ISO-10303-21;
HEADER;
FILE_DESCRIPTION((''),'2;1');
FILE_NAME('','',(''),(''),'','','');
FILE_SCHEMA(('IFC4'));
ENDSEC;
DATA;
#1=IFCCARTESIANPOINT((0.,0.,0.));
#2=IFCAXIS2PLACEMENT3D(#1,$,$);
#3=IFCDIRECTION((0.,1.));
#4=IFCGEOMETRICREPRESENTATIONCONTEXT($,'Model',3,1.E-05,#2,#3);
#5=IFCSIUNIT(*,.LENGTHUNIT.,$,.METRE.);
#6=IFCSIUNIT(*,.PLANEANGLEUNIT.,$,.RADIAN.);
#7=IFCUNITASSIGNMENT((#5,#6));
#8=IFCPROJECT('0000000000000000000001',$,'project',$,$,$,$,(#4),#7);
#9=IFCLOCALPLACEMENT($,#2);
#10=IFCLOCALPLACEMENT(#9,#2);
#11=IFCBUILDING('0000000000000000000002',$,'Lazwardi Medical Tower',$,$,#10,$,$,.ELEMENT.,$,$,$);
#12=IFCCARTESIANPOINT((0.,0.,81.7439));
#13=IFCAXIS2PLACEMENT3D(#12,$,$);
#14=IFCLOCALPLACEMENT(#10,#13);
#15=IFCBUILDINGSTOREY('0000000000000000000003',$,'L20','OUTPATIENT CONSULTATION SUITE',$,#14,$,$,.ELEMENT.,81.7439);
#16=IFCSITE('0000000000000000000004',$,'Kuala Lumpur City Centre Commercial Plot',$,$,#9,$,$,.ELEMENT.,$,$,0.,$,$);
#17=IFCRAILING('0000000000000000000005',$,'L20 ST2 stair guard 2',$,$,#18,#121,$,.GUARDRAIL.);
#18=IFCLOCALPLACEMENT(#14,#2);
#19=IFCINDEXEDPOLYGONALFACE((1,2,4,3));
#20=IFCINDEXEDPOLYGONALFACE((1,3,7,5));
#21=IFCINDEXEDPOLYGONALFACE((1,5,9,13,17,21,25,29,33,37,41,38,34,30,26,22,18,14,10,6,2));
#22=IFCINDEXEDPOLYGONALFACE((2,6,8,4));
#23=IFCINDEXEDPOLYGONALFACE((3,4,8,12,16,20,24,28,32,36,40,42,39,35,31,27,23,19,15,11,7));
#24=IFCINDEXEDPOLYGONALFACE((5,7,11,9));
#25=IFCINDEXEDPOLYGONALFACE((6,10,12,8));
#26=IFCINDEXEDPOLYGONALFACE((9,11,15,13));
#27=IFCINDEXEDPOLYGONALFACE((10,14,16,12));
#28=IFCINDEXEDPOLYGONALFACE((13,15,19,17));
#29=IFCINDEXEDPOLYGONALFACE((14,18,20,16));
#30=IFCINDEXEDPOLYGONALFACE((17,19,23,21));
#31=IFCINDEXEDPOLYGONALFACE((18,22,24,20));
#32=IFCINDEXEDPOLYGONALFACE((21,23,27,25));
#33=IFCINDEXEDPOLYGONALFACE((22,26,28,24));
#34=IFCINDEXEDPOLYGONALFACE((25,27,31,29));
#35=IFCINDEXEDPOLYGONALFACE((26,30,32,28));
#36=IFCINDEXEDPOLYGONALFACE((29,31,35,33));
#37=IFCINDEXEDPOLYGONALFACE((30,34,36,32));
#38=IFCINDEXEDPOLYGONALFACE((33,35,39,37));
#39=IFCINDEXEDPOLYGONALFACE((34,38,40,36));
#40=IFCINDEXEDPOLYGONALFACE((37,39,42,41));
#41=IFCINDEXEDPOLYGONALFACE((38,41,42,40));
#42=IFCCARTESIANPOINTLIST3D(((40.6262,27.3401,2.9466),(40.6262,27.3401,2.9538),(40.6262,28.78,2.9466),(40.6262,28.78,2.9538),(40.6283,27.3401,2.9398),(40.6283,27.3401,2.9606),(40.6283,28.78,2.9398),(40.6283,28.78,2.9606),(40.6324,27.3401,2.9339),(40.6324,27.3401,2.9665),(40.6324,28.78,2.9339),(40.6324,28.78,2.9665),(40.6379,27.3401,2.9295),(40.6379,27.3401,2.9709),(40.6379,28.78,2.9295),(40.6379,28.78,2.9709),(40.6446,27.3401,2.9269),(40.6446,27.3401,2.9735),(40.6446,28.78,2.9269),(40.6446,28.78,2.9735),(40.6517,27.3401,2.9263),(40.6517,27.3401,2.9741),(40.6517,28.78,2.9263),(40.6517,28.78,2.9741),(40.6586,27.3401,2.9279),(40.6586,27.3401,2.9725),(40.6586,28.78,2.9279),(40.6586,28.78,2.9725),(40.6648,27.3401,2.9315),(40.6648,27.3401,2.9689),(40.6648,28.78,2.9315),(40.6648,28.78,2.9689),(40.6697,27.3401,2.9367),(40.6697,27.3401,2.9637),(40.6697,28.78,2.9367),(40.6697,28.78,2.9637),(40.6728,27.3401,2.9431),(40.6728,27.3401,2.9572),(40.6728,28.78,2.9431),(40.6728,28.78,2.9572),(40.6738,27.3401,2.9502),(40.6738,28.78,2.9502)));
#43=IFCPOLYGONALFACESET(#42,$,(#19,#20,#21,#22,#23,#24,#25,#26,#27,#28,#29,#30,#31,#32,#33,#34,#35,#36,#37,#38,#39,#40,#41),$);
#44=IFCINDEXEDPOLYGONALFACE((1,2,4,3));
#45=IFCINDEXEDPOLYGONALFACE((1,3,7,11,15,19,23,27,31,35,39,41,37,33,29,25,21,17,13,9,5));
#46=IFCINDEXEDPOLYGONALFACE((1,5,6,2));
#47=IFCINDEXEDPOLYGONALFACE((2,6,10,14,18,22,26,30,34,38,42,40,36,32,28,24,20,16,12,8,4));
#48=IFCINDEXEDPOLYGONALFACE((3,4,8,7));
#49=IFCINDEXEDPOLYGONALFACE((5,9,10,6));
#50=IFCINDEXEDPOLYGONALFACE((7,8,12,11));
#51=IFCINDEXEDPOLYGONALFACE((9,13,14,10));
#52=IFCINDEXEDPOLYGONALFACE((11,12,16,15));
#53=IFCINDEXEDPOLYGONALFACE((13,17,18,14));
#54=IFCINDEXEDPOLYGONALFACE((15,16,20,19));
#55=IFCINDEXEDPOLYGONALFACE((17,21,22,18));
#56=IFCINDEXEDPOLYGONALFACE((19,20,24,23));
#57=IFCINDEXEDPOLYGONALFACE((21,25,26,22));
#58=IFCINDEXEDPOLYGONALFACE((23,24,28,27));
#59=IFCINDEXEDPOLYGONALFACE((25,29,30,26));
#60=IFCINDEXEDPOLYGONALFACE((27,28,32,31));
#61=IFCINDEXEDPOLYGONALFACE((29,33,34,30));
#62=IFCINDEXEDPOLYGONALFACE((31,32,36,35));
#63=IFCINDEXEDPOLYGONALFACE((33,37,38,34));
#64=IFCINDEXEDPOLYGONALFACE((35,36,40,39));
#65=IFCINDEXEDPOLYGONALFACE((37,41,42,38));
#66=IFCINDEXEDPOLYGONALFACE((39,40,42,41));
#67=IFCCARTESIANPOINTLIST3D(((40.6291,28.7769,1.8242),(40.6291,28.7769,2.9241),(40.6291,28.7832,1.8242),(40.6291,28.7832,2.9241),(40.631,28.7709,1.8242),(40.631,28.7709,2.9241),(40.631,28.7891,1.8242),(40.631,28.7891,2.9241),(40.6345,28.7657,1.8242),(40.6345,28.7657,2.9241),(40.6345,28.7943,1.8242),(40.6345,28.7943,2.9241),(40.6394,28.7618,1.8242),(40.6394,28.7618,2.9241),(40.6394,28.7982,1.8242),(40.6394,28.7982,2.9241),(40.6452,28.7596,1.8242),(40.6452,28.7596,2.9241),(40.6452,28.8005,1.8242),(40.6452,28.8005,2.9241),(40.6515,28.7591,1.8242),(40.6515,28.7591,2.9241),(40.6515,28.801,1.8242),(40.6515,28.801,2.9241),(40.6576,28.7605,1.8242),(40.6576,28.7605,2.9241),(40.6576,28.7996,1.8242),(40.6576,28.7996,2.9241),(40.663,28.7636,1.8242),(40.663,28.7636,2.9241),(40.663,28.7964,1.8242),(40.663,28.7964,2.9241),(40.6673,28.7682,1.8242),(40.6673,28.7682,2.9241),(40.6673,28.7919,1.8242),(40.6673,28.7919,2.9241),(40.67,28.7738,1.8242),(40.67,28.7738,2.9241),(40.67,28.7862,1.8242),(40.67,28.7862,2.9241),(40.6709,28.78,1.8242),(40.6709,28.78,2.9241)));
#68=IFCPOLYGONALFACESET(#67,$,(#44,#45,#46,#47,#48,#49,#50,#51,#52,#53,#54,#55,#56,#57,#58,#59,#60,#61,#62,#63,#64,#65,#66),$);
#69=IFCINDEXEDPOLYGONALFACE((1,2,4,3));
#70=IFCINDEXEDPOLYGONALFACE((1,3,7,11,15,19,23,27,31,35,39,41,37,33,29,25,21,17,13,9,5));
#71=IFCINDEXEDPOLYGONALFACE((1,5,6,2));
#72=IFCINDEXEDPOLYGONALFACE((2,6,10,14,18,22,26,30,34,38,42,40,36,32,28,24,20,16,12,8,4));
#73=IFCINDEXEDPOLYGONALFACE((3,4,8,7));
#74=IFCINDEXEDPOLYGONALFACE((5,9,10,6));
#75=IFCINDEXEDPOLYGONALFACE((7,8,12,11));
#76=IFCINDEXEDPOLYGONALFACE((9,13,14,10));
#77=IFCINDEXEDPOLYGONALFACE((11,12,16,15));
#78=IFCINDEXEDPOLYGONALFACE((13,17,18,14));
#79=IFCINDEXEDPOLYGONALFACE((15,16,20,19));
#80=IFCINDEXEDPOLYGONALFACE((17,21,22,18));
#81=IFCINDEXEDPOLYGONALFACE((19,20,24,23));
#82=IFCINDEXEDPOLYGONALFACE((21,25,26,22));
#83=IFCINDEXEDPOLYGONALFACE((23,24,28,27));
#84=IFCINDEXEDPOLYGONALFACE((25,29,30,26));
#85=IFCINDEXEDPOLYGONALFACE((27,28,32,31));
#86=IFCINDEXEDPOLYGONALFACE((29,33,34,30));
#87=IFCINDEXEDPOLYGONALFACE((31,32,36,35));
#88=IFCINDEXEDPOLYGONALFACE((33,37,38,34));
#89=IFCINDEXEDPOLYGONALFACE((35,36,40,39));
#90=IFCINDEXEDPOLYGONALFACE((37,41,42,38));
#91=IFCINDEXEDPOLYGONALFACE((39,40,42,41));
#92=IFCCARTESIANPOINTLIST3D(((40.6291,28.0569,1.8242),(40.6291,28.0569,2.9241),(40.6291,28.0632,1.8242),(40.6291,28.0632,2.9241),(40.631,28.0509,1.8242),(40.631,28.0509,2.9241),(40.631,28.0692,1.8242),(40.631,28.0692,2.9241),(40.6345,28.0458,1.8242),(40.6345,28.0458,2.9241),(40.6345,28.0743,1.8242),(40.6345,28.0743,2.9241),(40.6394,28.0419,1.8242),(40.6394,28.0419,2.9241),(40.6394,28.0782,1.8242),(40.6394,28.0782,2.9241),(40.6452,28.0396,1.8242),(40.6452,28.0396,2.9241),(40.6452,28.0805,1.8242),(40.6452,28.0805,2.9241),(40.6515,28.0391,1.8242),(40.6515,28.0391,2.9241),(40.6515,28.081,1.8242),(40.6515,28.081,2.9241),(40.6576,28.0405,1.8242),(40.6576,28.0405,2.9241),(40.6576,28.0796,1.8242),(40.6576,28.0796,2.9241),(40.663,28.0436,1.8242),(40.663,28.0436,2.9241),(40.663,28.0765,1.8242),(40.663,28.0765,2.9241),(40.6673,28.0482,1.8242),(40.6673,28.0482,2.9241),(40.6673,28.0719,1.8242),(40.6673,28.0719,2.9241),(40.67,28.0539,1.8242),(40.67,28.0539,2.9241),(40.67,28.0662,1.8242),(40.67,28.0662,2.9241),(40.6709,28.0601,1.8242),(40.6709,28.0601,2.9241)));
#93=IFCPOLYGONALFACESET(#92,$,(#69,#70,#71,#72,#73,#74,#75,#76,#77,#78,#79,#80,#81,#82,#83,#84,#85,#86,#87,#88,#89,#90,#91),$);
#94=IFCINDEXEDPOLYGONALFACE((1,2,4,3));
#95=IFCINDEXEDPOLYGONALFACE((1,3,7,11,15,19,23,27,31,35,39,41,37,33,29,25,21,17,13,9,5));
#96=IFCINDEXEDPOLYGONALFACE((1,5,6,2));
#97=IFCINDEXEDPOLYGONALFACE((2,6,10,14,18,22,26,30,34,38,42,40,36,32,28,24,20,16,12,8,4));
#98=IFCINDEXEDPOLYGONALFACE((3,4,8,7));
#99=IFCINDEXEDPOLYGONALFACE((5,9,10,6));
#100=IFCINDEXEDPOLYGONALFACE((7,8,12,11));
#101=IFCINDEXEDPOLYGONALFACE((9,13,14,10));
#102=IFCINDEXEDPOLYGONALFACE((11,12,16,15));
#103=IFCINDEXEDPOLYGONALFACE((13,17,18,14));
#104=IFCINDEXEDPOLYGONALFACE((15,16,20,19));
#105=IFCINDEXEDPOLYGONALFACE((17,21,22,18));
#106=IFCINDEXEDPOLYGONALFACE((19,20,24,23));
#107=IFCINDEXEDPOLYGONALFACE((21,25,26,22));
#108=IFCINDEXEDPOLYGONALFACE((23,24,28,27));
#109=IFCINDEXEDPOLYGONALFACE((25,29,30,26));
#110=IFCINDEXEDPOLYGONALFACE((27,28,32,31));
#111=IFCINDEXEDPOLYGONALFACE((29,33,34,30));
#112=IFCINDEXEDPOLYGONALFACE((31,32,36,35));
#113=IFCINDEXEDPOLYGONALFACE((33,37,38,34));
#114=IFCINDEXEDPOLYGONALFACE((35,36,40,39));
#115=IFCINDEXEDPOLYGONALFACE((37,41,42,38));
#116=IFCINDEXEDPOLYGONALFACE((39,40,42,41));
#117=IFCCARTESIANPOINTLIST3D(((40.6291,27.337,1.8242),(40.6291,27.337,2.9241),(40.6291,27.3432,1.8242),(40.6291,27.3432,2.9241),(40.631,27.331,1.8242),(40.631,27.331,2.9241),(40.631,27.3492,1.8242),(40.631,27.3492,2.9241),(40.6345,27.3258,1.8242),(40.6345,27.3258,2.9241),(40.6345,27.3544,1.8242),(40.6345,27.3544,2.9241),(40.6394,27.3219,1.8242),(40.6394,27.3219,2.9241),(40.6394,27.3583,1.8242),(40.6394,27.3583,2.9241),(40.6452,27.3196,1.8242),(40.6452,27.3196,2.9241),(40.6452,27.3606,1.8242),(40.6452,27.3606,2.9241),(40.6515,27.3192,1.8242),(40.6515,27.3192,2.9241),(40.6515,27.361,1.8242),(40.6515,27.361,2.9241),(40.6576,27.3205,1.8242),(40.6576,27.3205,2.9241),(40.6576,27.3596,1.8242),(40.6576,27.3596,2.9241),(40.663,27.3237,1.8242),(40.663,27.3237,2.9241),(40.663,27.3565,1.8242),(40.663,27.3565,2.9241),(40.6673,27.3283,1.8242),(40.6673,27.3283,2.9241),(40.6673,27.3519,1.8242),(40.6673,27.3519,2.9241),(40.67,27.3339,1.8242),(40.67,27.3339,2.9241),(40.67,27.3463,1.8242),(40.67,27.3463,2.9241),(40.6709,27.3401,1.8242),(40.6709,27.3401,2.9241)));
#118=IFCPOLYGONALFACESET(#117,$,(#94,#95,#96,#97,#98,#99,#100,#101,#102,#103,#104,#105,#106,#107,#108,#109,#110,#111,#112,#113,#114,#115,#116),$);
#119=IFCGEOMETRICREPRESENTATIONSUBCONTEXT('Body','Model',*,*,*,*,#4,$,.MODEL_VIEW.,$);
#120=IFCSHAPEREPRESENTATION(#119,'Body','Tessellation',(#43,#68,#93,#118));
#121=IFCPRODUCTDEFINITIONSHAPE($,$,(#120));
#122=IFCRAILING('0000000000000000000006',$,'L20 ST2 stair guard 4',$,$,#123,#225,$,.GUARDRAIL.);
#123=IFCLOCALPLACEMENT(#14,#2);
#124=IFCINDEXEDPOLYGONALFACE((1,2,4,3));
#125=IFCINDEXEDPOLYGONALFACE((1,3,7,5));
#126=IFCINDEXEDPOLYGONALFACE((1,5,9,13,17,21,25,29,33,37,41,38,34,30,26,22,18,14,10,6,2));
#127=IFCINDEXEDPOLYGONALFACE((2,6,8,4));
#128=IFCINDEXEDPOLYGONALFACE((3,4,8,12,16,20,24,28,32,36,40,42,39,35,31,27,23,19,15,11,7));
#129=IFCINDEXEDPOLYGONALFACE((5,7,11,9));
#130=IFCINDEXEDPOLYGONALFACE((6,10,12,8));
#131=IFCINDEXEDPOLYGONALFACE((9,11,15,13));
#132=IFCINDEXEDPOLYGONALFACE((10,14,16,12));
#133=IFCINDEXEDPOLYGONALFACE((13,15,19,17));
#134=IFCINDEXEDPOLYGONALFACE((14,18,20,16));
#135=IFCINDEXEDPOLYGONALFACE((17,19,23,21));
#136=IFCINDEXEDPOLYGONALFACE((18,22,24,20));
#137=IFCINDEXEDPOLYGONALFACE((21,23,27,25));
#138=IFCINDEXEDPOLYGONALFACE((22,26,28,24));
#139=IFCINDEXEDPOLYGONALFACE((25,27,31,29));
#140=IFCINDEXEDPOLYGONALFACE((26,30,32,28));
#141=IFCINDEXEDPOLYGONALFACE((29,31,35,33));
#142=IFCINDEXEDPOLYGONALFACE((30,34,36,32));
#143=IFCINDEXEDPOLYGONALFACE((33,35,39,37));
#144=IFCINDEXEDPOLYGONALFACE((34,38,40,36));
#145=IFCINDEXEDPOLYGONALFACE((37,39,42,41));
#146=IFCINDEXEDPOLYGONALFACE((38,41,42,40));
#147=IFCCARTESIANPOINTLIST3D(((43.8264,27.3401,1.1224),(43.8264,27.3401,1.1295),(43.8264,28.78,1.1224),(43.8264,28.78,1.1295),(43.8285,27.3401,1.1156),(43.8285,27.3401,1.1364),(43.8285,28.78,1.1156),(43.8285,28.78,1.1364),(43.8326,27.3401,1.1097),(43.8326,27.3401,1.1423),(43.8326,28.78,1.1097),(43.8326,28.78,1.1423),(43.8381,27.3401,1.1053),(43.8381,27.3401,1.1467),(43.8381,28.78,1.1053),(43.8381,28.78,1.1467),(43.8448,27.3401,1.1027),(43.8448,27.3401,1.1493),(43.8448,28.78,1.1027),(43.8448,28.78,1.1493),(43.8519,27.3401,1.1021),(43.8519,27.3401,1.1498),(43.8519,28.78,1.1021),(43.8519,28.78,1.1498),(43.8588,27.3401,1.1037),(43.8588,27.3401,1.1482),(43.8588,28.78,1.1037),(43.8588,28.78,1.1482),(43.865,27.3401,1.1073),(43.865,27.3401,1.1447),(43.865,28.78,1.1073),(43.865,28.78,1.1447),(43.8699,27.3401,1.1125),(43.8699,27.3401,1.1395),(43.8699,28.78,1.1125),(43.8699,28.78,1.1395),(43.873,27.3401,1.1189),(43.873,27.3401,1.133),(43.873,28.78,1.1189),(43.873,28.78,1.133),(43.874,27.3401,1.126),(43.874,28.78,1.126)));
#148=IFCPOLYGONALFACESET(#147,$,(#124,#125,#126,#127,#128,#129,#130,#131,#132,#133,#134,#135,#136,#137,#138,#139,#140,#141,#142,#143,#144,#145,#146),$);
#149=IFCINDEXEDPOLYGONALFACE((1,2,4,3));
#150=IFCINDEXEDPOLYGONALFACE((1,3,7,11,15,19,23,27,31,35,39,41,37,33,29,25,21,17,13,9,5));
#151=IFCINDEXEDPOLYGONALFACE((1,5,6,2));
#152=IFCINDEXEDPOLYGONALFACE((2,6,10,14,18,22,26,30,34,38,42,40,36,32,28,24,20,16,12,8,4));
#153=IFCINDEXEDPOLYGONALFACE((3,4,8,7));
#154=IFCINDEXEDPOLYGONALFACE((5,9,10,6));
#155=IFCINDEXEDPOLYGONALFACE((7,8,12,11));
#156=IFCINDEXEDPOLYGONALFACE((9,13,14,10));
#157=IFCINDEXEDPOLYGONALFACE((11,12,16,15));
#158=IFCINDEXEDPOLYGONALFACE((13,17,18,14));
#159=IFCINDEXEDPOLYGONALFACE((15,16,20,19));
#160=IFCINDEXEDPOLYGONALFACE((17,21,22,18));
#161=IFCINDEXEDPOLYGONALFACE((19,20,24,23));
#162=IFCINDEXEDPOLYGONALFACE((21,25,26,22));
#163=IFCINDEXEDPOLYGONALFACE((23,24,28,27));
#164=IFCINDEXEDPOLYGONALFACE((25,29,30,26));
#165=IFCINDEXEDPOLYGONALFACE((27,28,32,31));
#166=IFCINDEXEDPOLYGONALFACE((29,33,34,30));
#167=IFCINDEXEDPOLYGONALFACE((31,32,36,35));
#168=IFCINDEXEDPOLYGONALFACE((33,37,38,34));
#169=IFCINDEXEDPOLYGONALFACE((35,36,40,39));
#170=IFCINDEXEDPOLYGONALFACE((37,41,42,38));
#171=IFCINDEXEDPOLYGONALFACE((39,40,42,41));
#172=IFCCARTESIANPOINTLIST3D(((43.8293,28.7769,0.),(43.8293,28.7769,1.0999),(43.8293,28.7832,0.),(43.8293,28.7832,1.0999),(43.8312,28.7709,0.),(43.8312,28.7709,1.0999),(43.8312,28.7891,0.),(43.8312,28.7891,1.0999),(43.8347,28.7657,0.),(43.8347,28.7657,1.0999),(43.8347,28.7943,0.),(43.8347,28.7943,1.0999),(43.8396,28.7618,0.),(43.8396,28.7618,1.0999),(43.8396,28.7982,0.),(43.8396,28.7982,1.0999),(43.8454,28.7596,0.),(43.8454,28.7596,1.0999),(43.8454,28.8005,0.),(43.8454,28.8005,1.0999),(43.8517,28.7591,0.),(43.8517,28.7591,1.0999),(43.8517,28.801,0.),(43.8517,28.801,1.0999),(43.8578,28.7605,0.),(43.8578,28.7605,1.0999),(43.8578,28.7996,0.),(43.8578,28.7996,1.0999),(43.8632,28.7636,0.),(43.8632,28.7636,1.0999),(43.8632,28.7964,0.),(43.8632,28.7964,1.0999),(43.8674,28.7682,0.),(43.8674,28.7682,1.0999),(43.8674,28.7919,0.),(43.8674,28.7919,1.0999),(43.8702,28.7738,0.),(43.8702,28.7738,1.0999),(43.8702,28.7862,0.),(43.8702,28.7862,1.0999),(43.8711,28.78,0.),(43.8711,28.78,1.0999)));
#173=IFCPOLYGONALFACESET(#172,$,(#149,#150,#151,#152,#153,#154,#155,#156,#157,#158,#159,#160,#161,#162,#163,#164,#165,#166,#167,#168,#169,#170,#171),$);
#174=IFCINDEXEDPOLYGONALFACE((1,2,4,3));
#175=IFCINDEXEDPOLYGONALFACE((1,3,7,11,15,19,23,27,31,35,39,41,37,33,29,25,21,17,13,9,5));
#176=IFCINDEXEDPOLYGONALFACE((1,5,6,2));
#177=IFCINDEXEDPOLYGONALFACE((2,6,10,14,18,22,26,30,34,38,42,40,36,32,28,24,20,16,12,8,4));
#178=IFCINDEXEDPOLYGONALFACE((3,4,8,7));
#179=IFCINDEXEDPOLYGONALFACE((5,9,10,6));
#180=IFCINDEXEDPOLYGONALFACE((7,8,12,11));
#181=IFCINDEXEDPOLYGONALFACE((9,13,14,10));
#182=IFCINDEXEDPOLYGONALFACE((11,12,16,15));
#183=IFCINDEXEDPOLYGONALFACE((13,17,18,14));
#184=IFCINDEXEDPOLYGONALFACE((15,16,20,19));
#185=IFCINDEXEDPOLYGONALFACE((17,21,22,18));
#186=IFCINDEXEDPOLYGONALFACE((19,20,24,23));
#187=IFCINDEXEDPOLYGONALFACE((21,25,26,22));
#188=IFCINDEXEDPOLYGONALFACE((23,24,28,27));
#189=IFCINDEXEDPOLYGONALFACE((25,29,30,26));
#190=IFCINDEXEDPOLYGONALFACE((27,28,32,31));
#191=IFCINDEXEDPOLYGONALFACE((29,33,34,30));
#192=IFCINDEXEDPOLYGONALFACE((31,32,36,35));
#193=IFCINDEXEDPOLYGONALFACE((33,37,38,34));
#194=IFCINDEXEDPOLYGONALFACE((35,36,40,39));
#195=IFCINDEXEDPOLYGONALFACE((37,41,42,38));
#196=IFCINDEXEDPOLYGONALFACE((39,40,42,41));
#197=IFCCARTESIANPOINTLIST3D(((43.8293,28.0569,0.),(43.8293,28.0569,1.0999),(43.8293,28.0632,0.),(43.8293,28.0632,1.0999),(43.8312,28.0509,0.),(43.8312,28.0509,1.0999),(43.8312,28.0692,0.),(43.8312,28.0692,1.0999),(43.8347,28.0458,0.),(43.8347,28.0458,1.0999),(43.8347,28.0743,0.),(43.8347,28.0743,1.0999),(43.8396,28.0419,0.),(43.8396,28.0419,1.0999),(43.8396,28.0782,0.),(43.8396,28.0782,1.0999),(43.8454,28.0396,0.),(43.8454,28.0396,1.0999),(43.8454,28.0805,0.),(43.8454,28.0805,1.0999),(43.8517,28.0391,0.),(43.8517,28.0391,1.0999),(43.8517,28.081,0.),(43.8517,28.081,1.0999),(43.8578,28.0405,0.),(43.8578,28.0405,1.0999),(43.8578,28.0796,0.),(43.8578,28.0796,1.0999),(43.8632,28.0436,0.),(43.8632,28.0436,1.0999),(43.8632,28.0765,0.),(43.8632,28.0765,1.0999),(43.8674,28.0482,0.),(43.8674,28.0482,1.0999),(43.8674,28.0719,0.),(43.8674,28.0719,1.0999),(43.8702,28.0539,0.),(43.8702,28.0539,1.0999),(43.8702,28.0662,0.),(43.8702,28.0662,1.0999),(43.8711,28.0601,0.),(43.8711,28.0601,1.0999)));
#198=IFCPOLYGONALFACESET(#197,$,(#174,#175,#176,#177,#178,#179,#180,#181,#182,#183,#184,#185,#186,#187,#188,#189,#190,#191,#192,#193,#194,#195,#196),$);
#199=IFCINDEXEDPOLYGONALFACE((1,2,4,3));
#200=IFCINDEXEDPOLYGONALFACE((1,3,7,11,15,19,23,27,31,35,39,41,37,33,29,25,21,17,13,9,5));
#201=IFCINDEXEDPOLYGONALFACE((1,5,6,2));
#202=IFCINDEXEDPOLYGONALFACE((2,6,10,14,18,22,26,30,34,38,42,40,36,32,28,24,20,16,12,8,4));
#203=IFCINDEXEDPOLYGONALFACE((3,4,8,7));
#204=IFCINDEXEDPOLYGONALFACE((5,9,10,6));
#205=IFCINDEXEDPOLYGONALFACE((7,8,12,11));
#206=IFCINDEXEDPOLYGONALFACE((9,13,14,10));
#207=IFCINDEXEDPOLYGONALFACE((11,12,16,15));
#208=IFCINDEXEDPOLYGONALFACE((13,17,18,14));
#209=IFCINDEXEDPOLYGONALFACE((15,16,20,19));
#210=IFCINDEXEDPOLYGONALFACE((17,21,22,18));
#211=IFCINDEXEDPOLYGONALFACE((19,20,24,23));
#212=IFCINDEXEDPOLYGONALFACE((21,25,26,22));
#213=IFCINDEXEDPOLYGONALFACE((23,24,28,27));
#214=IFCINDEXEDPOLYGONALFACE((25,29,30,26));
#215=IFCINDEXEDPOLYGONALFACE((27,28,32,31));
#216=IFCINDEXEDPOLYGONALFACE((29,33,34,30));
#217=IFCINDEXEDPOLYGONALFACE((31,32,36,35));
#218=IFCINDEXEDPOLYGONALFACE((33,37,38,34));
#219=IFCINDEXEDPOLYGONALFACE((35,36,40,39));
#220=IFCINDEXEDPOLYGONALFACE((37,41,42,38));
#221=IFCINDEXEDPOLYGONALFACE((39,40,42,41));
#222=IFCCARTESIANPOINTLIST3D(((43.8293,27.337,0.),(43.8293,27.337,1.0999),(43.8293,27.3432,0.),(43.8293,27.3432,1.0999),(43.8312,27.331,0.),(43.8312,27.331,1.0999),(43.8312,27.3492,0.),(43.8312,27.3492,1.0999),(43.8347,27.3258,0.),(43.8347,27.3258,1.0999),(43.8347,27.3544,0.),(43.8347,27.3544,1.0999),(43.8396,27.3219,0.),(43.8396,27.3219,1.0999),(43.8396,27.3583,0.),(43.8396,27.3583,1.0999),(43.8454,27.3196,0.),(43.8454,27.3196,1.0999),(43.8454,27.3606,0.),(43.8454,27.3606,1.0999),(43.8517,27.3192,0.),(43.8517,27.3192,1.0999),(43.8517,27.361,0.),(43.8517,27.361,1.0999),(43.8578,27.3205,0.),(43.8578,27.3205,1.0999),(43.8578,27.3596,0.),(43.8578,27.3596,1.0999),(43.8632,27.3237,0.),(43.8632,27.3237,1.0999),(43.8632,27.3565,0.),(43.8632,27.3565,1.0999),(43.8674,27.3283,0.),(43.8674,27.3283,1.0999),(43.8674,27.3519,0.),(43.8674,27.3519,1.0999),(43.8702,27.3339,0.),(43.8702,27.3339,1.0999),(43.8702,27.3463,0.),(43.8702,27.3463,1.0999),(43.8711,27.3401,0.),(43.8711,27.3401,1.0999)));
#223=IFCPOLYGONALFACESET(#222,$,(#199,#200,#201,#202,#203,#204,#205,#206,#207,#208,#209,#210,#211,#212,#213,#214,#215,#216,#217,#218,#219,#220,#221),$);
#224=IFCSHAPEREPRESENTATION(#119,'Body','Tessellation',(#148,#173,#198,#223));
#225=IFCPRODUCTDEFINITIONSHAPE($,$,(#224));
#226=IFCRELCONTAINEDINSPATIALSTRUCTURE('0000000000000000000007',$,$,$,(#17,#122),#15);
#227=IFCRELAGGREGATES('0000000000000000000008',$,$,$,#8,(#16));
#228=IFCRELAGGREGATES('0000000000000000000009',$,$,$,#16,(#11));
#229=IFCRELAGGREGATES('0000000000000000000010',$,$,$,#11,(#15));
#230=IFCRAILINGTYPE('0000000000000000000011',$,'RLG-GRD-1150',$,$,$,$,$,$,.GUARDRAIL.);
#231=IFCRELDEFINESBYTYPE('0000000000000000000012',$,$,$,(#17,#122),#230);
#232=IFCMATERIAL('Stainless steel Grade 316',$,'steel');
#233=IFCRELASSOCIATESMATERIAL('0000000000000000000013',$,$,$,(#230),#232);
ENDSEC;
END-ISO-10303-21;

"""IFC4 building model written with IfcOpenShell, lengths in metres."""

from ifc_helpers import new_model, si_unit, direction, frame, origin, origin_2d, place, context, subcontext, project, spatial, circle, extrude, material, type_object, element, save


model = new_model("IFC4")

# Units and contexts
model_context = context("Model", 3, precision=1e-05, world=origin(), true_north=direction((0.0, 1.0)))
body_context = subcontext(model_context, "Body", "Model", "MODEL_VIEW")
ifc_project = project(units=[si_unit("LENGTHUNIT", "METRE"), si_unit("PLANEANGLEUNIT", "RADIAN")], contexts=[model_context])

# Site, building, storey
site_placement = place(None, origin())
site = spatial("IfcSite", under=ifc_project, at=site_placement, Name="Kuala Lumpur City Centre Commercial Plot", CompositionType="ELEMENT", RefElevation=0.0)
building_placement = place(site_placement, origin())
building = spatial("IfcBuilding", under=site, at=building_placement, Name="Lazwardi Medical Tower", CompositionType="ELEMENT")
storey_placement = place(building_placement, frame((0.0, 0.0, 81.7439)))
storey = spatial("IfcBuildingStorey", under=building, at=storey_placement, Name="L20", Description="OUTPATIENT CONSULTATION SUITE", CompositionType="ELEMENT", Elevation=81.7439)

# Railings
ifc_material_1 = material(Name="Stainless steel Grade 316", Category="steel")
railing_type_1 = type_object("IfcRailingType", Name="RLG-GRD-1150", PredefinedType="GUARDRAIL", material=ifc_material_1)
for number, where, name in (
    (1, (40.6499, 28.78, 1.8242), "L20 ST2 stair guard 2"),
    (2, (43.8501, 28.78, 0.0), "L20 ST2 stair guard 4"),
):
    element("IfcRailing", number, at=place(storey_placement, frame(where)), inside=storey, type_object=railing_type_1, Name=name, PredefinedType="GUARDRAIL", context=body_context, shape_type="SweptSolid", body=[
        extrude(circle(Radius=0.0239, at=origin_2d()), frame((0.0, 0.0, 1.126), z_axis=(0.0, -1.0, 0.0), x_axis=(1.0, 0.0, 0.0)), (0.0, 0.0, 1.0), 1.4399),
        extrude(circle(Radius=0.021, at=origin_2d()), origin(), (0.0, 0.0, 1.0), 1.0999),
        extrude(circle(Radius=0.021, at=origin_2d()), frame((0.0, -0.72, 0.0)), (0.0, 0.0, 1.0), 1.0999),
        extrude(circle(Radius=0.021, at=origin_2d()), frame((0.0, -1.4399, 0.0)), (0.0, 0.0, 1.0), 1.0999),
    ])

save(model, "model.ifc")
